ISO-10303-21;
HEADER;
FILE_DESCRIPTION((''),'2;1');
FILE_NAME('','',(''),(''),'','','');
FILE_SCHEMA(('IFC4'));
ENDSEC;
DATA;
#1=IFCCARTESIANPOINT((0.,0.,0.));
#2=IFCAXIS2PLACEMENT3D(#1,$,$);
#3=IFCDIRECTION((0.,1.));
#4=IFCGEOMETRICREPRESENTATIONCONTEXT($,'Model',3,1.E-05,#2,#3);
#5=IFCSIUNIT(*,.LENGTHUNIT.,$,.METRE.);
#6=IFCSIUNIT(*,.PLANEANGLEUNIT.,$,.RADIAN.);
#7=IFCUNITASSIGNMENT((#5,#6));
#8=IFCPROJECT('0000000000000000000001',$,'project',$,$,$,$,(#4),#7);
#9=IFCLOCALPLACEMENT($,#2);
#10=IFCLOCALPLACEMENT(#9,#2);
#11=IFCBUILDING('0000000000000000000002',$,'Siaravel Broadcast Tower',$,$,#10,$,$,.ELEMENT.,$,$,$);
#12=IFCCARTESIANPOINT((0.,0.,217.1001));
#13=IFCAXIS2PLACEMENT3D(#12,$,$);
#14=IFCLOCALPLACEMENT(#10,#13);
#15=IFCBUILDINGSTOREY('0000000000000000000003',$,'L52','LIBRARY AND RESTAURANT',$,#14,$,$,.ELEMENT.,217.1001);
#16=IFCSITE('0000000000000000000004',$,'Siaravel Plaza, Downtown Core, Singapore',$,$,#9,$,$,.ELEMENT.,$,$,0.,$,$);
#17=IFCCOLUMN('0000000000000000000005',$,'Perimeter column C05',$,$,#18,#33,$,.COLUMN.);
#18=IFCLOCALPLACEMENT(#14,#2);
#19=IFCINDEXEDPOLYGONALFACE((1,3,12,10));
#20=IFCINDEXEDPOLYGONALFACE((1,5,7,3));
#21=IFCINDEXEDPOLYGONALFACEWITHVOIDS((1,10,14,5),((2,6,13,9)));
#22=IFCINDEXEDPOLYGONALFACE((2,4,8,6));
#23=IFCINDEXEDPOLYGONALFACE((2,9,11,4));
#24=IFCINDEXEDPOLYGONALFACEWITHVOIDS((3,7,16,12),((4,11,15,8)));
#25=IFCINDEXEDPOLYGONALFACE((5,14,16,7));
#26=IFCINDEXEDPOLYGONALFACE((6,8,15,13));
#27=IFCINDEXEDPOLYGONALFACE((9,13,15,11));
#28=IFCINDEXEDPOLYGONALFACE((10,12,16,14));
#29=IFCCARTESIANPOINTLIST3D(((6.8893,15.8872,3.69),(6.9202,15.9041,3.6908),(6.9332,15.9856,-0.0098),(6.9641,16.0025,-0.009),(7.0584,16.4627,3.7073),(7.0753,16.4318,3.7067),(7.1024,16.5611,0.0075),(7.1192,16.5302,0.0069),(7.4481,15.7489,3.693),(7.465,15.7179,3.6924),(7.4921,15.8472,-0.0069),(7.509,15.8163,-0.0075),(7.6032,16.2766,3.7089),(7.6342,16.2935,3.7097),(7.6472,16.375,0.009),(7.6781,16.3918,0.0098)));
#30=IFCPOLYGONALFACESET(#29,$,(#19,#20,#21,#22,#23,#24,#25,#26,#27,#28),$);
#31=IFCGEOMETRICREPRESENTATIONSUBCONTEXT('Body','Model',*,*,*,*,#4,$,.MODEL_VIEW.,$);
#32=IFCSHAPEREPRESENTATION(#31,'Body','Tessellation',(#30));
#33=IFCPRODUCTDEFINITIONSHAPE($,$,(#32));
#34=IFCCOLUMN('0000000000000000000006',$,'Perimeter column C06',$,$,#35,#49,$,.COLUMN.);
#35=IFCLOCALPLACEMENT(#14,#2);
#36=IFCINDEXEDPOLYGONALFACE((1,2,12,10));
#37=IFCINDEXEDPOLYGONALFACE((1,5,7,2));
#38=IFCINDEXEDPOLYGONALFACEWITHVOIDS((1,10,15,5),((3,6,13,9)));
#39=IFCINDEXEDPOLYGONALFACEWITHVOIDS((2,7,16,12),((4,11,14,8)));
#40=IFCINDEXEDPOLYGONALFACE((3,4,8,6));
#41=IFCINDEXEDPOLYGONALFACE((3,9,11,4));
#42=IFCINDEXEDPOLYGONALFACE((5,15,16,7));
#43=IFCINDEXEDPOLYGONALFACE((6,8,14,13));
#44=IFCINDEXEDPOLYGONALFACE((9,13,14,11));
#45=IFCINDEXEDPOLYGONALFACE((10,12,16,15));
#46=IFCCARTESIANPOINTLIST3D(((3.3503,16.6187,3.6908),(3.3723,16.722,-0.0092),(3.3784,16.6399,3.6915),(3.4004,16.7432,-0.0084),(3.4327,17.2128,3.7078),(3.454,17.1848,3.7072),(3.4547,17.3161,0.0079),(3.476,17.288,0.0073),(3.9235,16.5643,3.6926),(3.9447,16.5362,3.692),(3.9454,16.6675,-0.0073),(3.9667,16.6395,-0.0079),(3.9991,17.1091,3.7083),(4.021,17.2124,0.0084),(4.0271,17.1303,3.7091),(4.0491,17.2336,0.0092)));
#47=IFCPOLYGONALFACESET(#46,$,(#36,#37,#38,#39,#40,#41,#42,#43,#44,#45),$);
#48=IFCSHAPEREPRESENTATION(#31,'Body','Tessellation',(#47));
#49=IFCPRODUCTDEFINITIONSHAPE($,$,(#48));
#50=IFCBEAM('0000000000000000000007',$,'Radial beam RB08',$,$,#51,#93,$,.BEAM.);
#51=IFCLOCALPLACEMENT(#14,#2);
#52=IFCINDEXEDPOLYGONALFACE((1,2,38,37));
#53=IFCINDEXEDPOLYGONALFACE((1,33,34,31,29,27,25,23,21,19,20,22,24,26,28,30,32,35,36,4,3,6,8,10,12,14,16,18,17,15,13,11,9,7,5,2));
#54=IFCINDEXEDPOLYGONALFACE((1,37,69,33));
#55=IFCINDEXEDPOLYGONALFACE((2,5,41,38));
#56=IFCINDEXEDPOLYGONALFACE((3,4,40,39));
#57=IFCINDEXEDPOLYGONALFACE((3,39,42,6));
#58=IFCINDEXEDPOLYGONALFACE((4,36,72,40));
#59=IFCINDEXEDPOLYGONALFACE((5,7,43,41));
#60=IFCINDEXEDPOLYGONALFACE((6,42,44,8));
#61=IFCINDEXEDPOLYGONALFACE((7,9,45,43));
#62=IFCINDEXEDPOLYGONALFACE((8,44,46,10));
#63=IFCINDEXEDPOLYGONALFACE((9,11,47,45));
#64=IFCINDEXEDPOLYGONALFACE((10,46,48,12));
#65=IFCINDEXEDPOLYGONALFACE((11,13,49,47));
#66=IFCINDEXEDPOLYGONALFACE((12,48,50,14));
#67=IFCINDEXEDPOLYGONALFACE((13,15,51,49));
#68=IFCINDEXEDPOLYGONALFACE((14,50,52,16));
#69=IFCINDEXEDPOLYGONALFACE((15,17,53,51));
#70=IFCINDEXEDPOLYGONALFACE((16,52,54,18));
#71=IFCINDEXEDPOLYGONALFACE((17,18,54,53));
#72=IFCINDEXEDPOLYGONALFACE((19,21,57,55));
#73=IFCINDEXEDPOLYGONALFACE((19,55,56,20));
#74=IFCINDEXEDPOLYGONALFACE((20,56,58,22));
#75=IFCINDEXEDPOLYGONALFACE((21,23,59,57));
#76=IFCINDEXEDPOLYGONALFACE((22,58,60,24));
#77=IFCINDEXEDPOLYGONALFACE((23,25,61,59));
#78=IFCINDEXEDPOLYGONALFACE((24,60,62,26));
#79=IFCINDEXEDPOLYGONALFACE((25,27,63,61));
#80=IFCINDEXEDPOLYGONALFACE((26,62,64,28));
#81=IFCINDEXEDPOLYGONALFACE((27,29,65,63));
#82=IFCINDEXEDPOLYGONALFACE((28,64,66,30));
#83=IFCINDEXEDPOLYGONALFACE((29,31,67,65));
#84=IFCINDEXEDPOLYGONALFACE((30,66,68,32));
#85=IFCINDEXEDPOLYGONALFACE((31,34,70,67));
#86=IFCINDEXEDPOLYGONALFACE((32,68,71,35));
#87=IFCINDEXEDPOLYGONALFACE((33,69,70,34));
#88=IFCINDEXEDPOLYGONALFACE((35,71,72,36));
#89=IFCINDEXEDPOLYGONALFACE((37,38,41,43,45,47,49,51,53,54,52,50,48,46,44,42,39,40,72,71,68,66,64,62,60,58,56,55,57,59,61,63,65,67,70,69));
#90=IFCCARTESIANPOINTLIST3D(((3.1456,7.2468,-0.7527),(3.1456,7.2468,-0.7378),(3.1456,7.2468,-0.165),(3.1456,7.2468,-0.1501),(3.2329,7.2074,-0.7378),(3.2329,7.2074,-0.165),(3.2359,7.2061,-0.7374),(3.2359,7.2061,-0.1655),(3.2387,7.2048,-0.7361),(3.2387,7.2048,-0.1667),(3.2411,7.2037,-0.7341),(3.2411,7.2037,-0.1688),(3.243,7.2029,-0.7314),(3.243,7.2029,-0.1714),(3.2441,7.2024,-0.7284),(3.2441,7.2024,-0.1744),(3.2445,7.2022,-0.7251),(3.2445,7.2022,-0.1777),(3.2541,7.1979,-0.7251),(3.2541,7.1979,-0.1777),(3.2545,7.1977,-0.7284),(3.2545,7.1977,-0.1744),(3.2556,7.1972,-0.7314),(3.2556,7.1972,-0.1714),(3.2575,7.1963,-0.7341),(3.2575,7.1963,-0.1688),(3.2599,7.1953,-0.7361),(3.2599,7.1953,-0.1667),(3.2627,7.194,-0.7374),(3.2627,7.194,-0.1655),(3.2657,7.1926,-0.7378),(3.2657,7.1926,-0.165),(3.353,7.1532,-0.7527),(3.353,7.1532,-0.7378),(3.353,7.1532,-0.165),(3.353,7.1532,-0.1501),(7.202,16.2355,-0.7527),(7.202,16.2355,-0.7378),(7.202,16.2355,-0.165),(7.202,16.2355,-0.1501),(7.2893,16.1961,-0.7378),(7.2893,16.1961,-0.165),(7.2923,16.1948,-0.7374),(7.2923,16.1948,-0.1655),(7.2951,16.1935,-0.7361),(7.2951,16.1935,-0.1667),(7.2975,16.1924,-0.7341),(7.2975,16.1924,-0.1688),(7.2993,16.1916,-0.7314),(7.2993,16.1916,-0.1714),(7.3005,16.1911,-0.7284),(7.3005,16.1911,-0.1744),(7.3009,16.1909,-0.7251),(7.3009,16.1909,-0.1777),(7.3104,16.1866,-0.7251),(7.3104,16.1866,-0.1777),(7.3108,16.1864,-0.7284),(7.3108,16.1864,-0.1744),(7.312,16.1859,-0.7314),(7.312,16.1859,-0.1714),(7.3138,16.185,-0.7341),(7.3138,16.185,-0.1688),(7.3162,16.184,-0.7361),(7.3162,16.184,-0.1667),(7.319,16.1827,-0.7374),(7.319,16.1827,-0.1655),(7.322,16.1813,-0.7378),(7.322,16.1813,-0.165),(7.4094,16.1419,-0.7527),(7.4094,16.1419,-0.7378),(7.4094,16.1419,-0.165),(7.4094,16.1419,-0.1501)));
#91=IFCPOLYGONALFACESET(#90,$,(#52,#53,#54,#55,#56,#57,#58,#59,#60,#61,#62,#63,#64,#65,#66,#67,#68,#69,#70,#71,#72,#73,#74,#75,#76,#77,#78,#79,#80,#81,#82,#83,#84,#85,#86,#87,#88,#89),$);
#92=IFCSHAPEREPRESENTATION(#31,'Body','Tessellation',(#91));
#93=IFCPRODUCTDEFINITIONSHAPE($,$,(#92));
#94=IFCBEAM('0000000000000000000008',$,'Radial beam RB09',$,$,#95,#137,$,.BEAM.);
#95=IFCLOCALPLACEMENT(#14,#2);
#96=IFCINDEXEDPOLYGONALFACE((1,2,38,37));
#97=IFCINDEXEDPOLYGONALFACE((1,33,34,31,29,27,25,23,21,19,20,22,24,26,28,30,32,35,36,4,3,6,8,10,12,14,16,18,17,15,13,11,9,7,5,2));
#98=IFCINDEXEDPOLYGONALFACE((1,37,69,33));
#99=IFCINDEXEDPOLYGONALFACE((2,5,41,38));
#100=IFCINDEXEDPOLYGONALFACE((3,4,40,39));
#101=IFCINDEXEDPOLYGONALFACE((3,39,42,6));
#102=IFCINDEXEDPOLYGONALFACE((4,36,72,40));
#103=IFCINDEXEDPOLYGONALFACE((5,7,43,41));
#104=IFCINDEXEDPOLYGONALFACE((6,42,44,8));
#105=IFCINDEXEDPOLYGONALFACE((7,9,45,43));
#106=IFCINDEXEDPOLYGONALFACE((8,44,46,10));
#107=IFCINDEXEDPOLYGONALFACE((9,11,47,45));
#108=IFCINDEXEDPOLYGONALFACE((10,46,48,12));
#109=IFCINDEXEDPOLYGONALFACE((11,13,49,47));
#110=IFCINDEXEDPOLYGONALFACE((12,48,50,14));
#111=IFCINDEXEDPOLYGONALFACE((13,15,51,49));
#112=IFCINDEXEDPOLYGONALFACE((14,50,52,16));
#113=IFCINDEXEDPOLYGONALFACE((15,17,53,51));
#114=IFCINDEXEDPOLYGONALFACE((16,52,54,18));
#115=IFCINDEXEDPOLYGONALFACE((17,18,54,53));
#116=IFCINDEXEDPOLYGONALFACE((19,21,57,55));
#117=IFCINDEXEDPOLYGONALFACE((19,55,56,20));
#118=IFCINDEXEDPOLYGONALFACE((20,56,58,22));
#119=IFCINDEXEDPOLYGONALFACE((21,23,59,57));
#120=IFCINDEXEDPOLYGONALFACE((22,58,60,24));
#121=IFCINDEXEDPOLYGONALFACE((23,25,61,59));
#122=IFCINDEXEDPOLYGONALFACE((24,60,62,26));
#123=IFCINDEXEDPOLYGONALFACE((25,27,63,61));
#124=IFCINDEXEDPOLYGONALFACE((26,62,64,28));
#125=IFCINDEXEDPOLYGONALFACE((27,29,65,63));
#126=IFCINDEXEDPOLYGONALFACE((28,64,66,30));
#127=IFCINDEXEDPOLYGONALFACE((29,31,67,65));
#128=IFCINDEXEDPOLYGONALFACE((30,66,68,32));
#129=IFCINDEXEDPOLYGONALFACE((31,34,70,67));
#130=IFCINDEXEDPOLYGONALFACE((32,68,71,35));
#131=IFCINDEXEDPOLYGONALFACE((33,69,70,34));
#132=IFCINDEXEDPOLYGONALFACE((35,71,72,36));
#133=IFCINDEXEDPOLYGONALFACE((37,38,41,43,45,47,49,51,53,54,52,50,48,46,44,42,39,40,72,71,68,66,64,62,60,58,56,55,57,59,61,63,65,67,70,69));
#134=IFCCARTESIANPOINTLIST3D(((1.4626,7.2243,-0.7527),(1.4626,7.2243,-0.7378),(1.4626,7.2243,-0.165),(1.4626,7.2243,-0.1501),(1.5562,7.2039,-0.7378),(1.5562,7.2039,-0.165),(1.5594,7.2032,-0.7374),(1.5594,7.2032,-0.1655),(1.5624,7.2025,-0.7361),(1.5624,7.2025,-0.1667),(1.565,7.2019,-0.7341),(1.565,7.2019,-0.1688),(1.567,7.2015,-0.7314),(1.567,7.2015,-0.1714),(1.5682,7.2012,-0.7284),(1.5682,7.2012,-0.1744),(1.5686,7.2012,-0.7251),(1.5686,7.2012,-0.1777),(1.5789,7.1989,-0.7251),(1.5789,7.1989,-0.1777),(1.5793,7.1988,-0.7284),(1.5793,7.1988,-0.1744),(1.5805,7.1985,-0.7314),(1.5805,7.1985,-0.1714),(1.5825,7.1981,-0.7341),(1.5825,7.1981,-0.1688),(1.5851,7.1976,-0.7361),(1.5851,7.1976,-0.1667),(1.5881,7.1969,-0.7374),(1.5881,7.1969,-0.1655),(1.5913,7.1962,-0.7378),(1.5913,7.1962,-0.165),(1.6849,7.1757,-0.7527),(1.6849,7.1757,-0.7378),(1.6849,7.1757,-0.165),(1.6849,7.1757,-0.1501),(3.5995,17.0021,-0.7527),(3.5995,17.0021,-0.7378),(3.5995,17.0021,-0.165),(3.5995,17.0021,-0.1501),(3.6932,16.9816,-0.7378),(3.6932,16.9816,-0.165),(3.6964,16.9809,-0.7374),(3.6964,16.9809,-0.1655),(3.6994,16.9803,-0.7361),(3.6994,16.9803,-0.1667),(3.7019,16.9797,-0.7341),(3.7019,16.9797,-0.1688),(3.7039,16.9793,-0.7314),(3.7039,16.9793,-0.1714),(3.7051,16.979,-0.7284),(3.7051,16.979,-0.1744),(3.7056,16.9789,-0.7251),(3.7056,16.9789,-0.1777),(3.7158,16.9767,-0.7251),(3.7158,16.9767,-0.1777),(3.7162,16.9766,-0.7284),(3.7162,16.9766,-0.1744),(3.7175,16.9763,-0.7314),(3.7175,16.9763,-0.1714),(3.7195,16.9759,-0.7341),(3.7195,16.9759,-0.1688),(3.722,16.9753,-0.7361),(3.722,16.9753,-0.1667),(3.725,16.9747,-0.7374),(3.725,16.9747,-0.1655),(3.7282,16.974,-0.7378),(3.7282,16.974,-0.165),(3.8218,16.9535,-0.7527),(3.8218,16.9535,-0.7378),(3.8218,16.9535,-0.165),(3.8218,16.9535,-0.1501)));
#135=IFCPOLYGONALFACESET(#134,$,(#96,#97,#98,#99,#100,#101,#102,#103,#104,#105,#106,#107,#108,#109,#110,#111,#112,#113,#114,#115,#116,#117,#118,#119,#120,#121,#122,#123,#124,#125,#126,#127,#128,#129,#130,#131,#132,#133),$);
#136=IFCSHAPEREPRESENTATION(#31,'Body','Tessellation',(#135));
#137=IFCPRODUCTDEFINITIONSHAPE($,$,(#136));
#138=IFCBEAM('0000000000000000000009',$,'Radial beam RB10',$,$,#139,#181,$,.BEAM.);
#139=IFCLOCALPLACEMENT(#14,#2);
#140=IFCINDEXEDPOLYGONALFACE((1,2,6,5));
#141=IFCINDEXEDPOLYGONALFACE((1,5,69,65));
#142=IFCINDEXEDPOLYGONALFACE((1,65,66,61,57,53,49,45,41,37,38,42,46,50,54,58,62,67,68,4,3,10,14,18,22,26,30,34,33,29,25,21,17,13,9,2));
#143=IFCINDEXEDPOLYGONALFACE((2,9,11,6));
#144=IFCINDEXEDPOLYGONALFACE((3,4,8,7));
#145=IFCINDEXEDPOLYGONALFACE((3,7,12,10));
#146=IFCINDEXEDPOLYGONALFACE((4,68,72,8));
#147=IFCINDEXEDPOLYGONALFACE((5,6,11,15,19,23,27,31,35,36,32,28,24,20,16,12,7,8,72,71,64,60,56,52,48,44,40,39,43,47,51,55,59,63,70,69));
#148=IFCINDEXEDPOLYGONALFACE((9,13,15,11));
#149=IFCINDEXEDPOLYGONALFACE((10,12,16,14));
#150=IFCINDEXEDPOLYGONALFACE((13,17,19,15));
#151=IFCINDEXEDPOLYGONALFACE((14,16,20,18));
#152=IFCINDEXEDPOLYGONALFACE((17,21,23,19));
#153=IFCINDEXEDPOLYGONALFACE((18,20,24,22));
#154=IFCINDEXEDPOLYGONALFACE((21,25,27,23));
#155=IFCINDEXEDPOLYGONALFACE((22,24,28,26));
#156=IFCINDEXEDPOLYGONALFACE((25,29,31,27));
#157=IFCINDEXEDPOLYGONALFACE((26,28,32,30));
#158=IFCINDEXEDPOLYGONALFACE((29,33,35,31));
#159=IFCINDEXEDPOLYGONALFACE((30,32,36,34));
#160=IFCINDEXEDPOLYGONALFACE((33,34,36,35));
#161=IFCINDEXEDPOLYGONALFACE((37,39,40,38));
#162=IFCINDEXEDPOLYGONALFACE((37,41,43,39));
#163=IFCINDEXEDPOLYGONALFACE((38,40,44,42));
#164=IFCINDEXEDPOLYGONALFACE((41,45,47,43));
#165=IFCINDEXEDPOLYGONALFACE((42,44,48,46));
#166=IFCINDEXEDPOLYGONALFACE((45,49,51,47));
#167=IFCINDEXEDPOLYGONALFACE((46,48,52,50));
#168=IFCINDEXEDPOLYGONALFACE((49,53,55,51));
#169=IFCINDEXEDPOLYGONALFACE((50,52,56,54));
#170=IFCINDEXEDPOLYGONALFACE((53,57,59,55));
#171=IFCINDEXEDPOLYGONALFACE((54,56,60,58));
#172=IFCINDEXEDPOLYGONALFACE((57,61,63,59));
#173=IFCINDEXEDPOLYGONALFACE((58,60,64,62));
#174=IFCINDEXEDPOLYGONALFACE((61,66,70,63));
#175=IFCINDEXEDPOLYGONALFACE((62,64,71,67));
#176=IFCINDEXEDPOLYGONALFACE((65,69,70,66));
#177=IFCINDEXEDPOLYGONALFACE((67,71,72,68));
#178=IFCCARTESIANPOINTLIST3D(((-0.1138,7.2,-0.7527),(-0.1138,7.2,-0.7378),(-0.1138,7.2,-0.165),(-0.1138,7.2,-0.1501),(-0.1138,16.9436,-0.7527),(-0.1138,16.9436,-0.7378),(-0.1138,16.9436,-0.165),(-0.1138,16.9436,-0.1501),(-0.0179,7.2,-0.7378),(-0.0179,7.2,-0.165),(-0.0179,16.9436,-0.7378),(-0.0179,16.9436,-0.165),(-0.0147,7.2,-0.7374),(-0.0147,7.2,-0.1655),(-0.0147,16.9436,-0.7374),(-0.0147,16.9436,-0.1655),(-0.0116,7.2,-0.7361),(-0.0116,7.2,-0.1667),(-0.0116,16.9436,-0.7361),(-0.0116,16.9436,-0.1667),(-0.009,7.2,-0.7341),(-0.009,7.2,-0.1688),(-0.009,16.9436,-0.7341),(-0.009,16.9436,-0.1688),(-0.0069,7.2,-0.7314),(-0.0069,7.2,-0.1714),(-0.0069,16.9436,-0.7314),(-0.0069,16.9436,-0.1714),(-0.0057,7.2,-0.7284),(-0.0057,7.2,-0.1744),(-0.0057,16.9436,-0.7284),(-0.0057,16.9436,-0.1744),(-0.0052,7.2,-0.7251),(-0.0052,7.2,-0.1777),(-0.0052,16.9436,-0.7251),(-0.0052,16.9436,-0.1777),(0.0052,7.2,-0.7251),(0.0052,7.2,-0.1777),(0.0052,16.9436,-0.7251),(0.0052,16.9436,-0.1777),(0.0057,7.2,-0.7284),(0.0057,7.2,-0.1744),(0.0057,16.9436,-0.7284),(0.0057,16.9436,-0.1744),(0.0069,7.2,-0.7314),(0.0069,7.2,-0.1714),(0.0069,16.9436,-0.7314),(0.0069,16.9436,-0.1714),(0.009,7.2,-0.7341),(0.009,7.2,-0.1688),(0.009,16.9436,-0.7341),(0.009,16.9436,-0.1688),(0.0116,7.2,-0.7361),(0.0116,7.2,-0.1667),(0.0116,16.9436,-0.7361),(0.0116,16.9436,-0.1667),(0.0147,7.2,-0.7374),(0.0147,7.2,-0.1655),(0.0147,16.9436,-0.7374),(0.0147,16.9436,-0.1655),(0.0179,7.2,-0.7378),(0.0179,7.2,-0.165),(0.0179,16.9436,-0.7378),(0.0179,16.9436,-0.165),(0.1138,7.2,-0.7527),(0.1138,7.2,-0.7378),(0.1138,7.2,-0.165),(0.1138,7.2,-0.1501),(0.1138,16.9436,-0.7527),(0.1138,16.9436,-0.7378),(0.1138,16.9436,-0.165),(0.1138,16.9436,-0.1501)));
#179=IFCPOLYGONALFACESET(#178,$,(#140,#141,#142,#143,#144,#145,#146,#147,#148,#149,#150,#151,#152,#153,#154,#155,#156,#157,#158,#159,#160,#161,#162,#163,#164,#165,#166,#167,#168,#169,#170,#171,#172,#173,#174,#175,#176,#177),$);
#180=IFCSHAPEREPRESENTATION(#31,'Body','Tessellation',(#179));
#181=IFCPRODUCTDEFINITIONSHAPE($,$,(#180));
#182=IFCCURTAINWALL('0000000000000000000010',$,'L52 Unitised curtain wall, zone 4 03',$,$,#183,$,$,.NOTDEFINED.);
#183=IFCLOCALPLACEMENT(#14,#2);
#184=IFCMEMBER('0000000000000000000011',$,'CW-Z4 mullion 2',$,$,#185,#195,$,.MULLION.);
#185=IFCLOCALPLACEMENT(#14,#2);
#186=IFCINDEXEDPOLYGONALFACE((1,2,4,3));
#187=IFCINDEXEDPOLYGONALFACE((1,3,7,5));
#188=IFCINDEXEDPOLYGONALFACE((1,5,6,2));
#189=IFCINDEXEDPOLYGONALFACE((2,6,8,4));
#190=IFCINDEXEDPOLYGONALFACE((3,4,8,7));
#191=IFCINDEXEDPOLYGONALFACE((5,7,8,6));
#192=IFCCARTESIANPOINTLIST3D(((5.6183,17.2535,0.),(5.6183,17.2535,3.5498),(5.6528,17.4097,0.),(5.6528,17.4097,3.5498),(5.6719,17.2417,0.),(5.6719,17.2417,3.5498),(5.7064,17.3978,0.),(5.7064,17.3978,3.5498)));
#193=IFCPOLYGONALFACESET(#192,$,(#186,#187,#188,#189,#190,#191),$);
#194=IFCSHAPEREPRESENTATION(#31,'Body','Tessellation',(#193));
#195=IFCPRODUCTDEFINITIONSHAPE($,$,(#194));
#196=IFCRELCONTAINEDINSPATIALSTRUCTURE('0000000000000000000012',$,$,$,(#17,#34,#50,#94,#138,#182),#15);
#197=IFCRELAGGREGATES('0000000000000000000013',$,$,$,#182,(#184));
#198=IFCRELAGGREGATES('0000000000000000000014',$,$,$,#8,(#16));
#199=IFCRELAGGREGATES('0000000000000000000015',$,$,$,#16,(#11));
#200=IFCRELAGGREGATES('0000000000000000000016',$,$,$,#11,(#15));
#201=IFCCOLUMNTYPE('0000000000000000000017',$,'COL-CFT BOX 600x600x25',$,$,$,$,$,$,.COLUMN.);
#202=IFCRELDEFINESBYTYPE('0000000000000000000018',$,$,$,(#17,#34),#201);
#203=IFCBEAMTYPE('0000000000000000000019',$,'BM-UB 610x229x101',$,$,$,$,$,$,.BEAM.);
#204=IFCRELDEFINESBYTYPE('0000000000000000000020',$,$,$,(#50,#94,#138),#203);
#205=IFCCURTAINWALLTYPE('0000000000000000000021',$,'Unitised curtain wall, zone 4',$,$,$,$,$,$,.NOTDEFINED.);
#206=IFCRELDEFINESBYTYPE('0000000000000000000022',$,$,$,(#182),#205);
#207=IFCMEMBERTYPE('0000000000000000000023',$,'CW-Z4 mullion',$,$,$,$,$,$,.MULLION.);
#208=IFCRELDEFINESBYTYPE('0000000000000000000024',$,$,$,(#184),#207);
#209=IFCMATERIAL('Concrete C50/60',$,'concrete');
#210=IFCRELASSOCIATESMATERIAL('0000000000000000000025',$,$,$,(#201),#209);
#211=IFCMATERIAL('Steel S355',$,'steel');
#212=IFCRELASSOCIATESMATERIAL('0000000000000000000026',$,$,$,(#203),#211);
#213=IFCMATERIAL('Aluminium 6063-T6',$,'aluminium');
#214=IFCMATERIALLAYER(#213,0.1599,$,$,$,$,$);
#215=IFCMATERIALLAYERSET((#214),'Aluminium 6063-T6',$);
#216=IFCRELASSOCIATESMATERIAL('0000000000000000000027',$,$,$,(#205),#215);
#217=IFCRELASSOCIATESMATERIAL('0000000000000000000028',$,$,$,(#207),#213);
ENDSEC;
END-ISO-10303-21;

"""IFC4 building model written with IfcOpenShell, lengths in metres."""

from ifc_helpers import new_model, si_unit, direction, frame, origin, origin_2d, place, context, subcontext, project, spatial, rectangle, hollow_rectangle, i_section, extrude, material, layer, layer_set, material_profile, profile_set, type_object, element, aggregate, save


model = new_model("IFC4")

# Units and contexts
model_context = context("Model", 3, precision=1e-05, world=origin(), true_north=direction((0.0, 1.0)))
body_context = subcontext(model_context, "Body", "Model", "MODEL_VIEW")
ifc_project = project(units=[si_unit("LENGTHUNIT", "METRE"), si_unit("PLANEANGLEUNIT", "RADIAN")], contexts=[model_context])

# Site, building, storey
site_placement = place(None, origin())
site = spatial("IfcSite", under=ifc_project, at=site_placement, Name="Siaravel Plaza, Downtown Core, Singapore", CompositionType="ELEMENT", RefElevation=0.0)
building_placement = place(site_placement, origin())
building = spatial("IfcBuilding", under=site, at=building_placement, Name="Siaravel Broadcast Tower", CompositionType="ELEMENT")
storey_placement = place(building_placement, frame((0.0, 0.0, 217.1001)))
storey = spatial("IfcBuildingStorey", under=building, at=storey_placement, Name="L52", Description="LIBRARY AND RESTAURANT", CompositionType="ELEMENT", Elevation=217.1001)

# Columns
ifc_material_1 = material(Name="Concrete C50/60", Category="concrete")
ifc_material_profile_1 = material_profile(ifc_material_1, hollow_rectangle(XDim=0.6001, YDim=0.6001, WallThickness=0.0249, at=origin_2d()))
ifc_profile_set_1 = profile_set([ifc_material_profile_1], Name="Concrete C50/60")
column_type = type_object("IfcColumnType", Name="COL-CFT BOX 600x600x25", PredefinedType="COLUMN", material=ifc_profile_set_1)
for number, where, z_axis, x_axis, name in (
    (1, (7.3057, 16.1887, 0.0), (-0.011872, -0.026581, 0.999576), (0.959385, -0.282074, 0.003894), "Perimeter column C05"),
    (2, (3.7107, 16.9778, 0.0), (-0.005936, -0.0279, 0.999593), (0.990502, -0.137481, 0.002045), "Perimeter column C06"),
):
    element("IfcColumn", number, at=place(storey_placement, frame(where, z_axis=z_axis, x_axis=x_axis)), inside=storey, type_object=column_type, Name=name, PredefinedType="COLUMN", context=body_context, shape_type="SweptSolid", body=[
        extrude(hollow_rectangle(XDim=0.6001, YDim=0.6001, WallThickness=0.0249, at=origin_2d()), origin(), (0.0, 0.0, 1.0), 3.7014),
    ])

# Beams
ifc_material_2 = material(Name="Steel S355", Category="steel")
ifc_material_profile_2 = material_profile(ifc_material_2, i_section(OverallWidth=0.2275, OverallDepth=0.6025, WebThickness=0.0105, FlangeThickness=0.0149, FilletRadius=0.0127, at=origin_2d()))
ifc_profile_set_2 = profile_set([ifc_material_profile_2], Name="Steel S355")
beam_type = type_object("IfcBeamType", Name="BM-UB 610x229x101", PredefinedType="BEAM", material=ifc_profile_set_2)
beam_1_placement = place(storey_placement, frame((7.3057, 16.1887, -0.4514), z_axis=(-0.41133, -0.911486, 0.0), x_axis=(0.911486, -0.41133, 0.0)))
element("IfcBeam", 3, at=beam_1_placement, inside=storey, type_object=beam_type, Name="Radial beam RB08", PredefinedType="BEAM", context=body_context, shape_type="SweptSolid", body=[
    extrude(i_section(OverallWidth=0.2275, OverallDepth=0.6025, WebThickness=0.0105, FlangeThickness=0.0149, FilletRadius=0.0127, at=origin_2d()), origin(), (0.0, 0.0, 1.0), 9.8616),
])
beam_2_placement = place(storey_placement, frame((3.7107, 16.9778, -0.4514), z_axis=(-0.213512, -0.97694, 0.0), x_axis=(0.97694, -0.213512, 0.0)))
element("IfcBeam", 4, at=beam_2_placement, inside=storey, type_object=beam_type, Name="Radial beam RB09", PredefinedType="BEAM", context=body_context, shape_type="SweptSolid", body=[
    extrude(i_section(OverallWidth=0.2275, OverallDepth=0.6025, WebThickness=0.0105, FlangeThickness=0.0149, FilletRadius=0.0127, at=origin_2d()), origin(), (0.0, 0.0, 1.0), 10.0085),
])
beam_3_placement = place(storey_placement, frame((0.0, 16.9436, -0.4514), z_axis=(0.0, -1.0, 0.0), x_axis=(1.0, 0.0, 0.0)))
element("IfcBeam", 5, at=beam_3_placement, inside=storey, type_object=beam_type, Name="Radial beam RB10", PredefinedType="BEAM", context=body_context, shape_type="SweptSolid", body=[
    extrude(i_section(OverallWidth=0.2275, OverallDepth=0.6025, WebThickness=0.0105, FlangeThickness=0.0149, FilletRadius=0.0127, at=origin_2d()), origin(), (0.0, 0.0, 1.0), 9.7437),
])

# Curtain wall, member
ifc_material_3 = material(Name="Aluminium 6063-T6", Category="aluminium")
ifc_layer_1 = layer(ifc_material_3, 0.1599)
ifc_layer_set_1 = layer_set([ifc_layer_1], Name="Aluminium 6063-T6")
curtain_wall_type = type_object("IfcCurtainWallType", Name="Unitised curtain wall, zone 4", PredefinedType="NOTDEFINED", material=ifc_layer_set_1)
curtain_wall_placement = place(storey_placement, origin())
curtain_wall = element("IfcCurtainWall", 6, at=curtain_wall_placement, inside=storey, type_object=curtain_wall_type, Name="L52 Unitised curtain wall, zone 4 03", PredefinedType="NOTDEFINED")
ifc_material_profile_3 = material_profile(ifc_material_3, rectangle(XDim=0.1599, YDim=0.0549, at=origin_2d()))
ifc_profile_set_3 = profile_set([ifc_material_profile_3], Name="Aluminium 6063-T6")
member_type_1 = type_object("IfcMemberType", Name="CW-Z4 mullion", PredefinedType="MULLION", material=ifc_profile_set_3)
member_1_placement = place(storey_placement, frame((5.6624, 17.3257, 0.0), z_axis=(0.0, 0.0, 1.0), x_axis=(-0.215558, -0.976491, 0.0)))
member_1 = element("IfcMember", 7, at=member_1_placement, type_object=member_type_1, Name="CW-Z4 mullion 2", PredefinedType="MULLION", context=body_context, shape_type="SweptSolid", body=[
    extrude(rectangle(XDim=0.1599, YDim=0.0549, at=origin_2d()), origin(), (0.0, 0.0, 1.0), 3.5498),
])

aggregate(curtain_wall, [member_1])

save(model, "model.ifc")
